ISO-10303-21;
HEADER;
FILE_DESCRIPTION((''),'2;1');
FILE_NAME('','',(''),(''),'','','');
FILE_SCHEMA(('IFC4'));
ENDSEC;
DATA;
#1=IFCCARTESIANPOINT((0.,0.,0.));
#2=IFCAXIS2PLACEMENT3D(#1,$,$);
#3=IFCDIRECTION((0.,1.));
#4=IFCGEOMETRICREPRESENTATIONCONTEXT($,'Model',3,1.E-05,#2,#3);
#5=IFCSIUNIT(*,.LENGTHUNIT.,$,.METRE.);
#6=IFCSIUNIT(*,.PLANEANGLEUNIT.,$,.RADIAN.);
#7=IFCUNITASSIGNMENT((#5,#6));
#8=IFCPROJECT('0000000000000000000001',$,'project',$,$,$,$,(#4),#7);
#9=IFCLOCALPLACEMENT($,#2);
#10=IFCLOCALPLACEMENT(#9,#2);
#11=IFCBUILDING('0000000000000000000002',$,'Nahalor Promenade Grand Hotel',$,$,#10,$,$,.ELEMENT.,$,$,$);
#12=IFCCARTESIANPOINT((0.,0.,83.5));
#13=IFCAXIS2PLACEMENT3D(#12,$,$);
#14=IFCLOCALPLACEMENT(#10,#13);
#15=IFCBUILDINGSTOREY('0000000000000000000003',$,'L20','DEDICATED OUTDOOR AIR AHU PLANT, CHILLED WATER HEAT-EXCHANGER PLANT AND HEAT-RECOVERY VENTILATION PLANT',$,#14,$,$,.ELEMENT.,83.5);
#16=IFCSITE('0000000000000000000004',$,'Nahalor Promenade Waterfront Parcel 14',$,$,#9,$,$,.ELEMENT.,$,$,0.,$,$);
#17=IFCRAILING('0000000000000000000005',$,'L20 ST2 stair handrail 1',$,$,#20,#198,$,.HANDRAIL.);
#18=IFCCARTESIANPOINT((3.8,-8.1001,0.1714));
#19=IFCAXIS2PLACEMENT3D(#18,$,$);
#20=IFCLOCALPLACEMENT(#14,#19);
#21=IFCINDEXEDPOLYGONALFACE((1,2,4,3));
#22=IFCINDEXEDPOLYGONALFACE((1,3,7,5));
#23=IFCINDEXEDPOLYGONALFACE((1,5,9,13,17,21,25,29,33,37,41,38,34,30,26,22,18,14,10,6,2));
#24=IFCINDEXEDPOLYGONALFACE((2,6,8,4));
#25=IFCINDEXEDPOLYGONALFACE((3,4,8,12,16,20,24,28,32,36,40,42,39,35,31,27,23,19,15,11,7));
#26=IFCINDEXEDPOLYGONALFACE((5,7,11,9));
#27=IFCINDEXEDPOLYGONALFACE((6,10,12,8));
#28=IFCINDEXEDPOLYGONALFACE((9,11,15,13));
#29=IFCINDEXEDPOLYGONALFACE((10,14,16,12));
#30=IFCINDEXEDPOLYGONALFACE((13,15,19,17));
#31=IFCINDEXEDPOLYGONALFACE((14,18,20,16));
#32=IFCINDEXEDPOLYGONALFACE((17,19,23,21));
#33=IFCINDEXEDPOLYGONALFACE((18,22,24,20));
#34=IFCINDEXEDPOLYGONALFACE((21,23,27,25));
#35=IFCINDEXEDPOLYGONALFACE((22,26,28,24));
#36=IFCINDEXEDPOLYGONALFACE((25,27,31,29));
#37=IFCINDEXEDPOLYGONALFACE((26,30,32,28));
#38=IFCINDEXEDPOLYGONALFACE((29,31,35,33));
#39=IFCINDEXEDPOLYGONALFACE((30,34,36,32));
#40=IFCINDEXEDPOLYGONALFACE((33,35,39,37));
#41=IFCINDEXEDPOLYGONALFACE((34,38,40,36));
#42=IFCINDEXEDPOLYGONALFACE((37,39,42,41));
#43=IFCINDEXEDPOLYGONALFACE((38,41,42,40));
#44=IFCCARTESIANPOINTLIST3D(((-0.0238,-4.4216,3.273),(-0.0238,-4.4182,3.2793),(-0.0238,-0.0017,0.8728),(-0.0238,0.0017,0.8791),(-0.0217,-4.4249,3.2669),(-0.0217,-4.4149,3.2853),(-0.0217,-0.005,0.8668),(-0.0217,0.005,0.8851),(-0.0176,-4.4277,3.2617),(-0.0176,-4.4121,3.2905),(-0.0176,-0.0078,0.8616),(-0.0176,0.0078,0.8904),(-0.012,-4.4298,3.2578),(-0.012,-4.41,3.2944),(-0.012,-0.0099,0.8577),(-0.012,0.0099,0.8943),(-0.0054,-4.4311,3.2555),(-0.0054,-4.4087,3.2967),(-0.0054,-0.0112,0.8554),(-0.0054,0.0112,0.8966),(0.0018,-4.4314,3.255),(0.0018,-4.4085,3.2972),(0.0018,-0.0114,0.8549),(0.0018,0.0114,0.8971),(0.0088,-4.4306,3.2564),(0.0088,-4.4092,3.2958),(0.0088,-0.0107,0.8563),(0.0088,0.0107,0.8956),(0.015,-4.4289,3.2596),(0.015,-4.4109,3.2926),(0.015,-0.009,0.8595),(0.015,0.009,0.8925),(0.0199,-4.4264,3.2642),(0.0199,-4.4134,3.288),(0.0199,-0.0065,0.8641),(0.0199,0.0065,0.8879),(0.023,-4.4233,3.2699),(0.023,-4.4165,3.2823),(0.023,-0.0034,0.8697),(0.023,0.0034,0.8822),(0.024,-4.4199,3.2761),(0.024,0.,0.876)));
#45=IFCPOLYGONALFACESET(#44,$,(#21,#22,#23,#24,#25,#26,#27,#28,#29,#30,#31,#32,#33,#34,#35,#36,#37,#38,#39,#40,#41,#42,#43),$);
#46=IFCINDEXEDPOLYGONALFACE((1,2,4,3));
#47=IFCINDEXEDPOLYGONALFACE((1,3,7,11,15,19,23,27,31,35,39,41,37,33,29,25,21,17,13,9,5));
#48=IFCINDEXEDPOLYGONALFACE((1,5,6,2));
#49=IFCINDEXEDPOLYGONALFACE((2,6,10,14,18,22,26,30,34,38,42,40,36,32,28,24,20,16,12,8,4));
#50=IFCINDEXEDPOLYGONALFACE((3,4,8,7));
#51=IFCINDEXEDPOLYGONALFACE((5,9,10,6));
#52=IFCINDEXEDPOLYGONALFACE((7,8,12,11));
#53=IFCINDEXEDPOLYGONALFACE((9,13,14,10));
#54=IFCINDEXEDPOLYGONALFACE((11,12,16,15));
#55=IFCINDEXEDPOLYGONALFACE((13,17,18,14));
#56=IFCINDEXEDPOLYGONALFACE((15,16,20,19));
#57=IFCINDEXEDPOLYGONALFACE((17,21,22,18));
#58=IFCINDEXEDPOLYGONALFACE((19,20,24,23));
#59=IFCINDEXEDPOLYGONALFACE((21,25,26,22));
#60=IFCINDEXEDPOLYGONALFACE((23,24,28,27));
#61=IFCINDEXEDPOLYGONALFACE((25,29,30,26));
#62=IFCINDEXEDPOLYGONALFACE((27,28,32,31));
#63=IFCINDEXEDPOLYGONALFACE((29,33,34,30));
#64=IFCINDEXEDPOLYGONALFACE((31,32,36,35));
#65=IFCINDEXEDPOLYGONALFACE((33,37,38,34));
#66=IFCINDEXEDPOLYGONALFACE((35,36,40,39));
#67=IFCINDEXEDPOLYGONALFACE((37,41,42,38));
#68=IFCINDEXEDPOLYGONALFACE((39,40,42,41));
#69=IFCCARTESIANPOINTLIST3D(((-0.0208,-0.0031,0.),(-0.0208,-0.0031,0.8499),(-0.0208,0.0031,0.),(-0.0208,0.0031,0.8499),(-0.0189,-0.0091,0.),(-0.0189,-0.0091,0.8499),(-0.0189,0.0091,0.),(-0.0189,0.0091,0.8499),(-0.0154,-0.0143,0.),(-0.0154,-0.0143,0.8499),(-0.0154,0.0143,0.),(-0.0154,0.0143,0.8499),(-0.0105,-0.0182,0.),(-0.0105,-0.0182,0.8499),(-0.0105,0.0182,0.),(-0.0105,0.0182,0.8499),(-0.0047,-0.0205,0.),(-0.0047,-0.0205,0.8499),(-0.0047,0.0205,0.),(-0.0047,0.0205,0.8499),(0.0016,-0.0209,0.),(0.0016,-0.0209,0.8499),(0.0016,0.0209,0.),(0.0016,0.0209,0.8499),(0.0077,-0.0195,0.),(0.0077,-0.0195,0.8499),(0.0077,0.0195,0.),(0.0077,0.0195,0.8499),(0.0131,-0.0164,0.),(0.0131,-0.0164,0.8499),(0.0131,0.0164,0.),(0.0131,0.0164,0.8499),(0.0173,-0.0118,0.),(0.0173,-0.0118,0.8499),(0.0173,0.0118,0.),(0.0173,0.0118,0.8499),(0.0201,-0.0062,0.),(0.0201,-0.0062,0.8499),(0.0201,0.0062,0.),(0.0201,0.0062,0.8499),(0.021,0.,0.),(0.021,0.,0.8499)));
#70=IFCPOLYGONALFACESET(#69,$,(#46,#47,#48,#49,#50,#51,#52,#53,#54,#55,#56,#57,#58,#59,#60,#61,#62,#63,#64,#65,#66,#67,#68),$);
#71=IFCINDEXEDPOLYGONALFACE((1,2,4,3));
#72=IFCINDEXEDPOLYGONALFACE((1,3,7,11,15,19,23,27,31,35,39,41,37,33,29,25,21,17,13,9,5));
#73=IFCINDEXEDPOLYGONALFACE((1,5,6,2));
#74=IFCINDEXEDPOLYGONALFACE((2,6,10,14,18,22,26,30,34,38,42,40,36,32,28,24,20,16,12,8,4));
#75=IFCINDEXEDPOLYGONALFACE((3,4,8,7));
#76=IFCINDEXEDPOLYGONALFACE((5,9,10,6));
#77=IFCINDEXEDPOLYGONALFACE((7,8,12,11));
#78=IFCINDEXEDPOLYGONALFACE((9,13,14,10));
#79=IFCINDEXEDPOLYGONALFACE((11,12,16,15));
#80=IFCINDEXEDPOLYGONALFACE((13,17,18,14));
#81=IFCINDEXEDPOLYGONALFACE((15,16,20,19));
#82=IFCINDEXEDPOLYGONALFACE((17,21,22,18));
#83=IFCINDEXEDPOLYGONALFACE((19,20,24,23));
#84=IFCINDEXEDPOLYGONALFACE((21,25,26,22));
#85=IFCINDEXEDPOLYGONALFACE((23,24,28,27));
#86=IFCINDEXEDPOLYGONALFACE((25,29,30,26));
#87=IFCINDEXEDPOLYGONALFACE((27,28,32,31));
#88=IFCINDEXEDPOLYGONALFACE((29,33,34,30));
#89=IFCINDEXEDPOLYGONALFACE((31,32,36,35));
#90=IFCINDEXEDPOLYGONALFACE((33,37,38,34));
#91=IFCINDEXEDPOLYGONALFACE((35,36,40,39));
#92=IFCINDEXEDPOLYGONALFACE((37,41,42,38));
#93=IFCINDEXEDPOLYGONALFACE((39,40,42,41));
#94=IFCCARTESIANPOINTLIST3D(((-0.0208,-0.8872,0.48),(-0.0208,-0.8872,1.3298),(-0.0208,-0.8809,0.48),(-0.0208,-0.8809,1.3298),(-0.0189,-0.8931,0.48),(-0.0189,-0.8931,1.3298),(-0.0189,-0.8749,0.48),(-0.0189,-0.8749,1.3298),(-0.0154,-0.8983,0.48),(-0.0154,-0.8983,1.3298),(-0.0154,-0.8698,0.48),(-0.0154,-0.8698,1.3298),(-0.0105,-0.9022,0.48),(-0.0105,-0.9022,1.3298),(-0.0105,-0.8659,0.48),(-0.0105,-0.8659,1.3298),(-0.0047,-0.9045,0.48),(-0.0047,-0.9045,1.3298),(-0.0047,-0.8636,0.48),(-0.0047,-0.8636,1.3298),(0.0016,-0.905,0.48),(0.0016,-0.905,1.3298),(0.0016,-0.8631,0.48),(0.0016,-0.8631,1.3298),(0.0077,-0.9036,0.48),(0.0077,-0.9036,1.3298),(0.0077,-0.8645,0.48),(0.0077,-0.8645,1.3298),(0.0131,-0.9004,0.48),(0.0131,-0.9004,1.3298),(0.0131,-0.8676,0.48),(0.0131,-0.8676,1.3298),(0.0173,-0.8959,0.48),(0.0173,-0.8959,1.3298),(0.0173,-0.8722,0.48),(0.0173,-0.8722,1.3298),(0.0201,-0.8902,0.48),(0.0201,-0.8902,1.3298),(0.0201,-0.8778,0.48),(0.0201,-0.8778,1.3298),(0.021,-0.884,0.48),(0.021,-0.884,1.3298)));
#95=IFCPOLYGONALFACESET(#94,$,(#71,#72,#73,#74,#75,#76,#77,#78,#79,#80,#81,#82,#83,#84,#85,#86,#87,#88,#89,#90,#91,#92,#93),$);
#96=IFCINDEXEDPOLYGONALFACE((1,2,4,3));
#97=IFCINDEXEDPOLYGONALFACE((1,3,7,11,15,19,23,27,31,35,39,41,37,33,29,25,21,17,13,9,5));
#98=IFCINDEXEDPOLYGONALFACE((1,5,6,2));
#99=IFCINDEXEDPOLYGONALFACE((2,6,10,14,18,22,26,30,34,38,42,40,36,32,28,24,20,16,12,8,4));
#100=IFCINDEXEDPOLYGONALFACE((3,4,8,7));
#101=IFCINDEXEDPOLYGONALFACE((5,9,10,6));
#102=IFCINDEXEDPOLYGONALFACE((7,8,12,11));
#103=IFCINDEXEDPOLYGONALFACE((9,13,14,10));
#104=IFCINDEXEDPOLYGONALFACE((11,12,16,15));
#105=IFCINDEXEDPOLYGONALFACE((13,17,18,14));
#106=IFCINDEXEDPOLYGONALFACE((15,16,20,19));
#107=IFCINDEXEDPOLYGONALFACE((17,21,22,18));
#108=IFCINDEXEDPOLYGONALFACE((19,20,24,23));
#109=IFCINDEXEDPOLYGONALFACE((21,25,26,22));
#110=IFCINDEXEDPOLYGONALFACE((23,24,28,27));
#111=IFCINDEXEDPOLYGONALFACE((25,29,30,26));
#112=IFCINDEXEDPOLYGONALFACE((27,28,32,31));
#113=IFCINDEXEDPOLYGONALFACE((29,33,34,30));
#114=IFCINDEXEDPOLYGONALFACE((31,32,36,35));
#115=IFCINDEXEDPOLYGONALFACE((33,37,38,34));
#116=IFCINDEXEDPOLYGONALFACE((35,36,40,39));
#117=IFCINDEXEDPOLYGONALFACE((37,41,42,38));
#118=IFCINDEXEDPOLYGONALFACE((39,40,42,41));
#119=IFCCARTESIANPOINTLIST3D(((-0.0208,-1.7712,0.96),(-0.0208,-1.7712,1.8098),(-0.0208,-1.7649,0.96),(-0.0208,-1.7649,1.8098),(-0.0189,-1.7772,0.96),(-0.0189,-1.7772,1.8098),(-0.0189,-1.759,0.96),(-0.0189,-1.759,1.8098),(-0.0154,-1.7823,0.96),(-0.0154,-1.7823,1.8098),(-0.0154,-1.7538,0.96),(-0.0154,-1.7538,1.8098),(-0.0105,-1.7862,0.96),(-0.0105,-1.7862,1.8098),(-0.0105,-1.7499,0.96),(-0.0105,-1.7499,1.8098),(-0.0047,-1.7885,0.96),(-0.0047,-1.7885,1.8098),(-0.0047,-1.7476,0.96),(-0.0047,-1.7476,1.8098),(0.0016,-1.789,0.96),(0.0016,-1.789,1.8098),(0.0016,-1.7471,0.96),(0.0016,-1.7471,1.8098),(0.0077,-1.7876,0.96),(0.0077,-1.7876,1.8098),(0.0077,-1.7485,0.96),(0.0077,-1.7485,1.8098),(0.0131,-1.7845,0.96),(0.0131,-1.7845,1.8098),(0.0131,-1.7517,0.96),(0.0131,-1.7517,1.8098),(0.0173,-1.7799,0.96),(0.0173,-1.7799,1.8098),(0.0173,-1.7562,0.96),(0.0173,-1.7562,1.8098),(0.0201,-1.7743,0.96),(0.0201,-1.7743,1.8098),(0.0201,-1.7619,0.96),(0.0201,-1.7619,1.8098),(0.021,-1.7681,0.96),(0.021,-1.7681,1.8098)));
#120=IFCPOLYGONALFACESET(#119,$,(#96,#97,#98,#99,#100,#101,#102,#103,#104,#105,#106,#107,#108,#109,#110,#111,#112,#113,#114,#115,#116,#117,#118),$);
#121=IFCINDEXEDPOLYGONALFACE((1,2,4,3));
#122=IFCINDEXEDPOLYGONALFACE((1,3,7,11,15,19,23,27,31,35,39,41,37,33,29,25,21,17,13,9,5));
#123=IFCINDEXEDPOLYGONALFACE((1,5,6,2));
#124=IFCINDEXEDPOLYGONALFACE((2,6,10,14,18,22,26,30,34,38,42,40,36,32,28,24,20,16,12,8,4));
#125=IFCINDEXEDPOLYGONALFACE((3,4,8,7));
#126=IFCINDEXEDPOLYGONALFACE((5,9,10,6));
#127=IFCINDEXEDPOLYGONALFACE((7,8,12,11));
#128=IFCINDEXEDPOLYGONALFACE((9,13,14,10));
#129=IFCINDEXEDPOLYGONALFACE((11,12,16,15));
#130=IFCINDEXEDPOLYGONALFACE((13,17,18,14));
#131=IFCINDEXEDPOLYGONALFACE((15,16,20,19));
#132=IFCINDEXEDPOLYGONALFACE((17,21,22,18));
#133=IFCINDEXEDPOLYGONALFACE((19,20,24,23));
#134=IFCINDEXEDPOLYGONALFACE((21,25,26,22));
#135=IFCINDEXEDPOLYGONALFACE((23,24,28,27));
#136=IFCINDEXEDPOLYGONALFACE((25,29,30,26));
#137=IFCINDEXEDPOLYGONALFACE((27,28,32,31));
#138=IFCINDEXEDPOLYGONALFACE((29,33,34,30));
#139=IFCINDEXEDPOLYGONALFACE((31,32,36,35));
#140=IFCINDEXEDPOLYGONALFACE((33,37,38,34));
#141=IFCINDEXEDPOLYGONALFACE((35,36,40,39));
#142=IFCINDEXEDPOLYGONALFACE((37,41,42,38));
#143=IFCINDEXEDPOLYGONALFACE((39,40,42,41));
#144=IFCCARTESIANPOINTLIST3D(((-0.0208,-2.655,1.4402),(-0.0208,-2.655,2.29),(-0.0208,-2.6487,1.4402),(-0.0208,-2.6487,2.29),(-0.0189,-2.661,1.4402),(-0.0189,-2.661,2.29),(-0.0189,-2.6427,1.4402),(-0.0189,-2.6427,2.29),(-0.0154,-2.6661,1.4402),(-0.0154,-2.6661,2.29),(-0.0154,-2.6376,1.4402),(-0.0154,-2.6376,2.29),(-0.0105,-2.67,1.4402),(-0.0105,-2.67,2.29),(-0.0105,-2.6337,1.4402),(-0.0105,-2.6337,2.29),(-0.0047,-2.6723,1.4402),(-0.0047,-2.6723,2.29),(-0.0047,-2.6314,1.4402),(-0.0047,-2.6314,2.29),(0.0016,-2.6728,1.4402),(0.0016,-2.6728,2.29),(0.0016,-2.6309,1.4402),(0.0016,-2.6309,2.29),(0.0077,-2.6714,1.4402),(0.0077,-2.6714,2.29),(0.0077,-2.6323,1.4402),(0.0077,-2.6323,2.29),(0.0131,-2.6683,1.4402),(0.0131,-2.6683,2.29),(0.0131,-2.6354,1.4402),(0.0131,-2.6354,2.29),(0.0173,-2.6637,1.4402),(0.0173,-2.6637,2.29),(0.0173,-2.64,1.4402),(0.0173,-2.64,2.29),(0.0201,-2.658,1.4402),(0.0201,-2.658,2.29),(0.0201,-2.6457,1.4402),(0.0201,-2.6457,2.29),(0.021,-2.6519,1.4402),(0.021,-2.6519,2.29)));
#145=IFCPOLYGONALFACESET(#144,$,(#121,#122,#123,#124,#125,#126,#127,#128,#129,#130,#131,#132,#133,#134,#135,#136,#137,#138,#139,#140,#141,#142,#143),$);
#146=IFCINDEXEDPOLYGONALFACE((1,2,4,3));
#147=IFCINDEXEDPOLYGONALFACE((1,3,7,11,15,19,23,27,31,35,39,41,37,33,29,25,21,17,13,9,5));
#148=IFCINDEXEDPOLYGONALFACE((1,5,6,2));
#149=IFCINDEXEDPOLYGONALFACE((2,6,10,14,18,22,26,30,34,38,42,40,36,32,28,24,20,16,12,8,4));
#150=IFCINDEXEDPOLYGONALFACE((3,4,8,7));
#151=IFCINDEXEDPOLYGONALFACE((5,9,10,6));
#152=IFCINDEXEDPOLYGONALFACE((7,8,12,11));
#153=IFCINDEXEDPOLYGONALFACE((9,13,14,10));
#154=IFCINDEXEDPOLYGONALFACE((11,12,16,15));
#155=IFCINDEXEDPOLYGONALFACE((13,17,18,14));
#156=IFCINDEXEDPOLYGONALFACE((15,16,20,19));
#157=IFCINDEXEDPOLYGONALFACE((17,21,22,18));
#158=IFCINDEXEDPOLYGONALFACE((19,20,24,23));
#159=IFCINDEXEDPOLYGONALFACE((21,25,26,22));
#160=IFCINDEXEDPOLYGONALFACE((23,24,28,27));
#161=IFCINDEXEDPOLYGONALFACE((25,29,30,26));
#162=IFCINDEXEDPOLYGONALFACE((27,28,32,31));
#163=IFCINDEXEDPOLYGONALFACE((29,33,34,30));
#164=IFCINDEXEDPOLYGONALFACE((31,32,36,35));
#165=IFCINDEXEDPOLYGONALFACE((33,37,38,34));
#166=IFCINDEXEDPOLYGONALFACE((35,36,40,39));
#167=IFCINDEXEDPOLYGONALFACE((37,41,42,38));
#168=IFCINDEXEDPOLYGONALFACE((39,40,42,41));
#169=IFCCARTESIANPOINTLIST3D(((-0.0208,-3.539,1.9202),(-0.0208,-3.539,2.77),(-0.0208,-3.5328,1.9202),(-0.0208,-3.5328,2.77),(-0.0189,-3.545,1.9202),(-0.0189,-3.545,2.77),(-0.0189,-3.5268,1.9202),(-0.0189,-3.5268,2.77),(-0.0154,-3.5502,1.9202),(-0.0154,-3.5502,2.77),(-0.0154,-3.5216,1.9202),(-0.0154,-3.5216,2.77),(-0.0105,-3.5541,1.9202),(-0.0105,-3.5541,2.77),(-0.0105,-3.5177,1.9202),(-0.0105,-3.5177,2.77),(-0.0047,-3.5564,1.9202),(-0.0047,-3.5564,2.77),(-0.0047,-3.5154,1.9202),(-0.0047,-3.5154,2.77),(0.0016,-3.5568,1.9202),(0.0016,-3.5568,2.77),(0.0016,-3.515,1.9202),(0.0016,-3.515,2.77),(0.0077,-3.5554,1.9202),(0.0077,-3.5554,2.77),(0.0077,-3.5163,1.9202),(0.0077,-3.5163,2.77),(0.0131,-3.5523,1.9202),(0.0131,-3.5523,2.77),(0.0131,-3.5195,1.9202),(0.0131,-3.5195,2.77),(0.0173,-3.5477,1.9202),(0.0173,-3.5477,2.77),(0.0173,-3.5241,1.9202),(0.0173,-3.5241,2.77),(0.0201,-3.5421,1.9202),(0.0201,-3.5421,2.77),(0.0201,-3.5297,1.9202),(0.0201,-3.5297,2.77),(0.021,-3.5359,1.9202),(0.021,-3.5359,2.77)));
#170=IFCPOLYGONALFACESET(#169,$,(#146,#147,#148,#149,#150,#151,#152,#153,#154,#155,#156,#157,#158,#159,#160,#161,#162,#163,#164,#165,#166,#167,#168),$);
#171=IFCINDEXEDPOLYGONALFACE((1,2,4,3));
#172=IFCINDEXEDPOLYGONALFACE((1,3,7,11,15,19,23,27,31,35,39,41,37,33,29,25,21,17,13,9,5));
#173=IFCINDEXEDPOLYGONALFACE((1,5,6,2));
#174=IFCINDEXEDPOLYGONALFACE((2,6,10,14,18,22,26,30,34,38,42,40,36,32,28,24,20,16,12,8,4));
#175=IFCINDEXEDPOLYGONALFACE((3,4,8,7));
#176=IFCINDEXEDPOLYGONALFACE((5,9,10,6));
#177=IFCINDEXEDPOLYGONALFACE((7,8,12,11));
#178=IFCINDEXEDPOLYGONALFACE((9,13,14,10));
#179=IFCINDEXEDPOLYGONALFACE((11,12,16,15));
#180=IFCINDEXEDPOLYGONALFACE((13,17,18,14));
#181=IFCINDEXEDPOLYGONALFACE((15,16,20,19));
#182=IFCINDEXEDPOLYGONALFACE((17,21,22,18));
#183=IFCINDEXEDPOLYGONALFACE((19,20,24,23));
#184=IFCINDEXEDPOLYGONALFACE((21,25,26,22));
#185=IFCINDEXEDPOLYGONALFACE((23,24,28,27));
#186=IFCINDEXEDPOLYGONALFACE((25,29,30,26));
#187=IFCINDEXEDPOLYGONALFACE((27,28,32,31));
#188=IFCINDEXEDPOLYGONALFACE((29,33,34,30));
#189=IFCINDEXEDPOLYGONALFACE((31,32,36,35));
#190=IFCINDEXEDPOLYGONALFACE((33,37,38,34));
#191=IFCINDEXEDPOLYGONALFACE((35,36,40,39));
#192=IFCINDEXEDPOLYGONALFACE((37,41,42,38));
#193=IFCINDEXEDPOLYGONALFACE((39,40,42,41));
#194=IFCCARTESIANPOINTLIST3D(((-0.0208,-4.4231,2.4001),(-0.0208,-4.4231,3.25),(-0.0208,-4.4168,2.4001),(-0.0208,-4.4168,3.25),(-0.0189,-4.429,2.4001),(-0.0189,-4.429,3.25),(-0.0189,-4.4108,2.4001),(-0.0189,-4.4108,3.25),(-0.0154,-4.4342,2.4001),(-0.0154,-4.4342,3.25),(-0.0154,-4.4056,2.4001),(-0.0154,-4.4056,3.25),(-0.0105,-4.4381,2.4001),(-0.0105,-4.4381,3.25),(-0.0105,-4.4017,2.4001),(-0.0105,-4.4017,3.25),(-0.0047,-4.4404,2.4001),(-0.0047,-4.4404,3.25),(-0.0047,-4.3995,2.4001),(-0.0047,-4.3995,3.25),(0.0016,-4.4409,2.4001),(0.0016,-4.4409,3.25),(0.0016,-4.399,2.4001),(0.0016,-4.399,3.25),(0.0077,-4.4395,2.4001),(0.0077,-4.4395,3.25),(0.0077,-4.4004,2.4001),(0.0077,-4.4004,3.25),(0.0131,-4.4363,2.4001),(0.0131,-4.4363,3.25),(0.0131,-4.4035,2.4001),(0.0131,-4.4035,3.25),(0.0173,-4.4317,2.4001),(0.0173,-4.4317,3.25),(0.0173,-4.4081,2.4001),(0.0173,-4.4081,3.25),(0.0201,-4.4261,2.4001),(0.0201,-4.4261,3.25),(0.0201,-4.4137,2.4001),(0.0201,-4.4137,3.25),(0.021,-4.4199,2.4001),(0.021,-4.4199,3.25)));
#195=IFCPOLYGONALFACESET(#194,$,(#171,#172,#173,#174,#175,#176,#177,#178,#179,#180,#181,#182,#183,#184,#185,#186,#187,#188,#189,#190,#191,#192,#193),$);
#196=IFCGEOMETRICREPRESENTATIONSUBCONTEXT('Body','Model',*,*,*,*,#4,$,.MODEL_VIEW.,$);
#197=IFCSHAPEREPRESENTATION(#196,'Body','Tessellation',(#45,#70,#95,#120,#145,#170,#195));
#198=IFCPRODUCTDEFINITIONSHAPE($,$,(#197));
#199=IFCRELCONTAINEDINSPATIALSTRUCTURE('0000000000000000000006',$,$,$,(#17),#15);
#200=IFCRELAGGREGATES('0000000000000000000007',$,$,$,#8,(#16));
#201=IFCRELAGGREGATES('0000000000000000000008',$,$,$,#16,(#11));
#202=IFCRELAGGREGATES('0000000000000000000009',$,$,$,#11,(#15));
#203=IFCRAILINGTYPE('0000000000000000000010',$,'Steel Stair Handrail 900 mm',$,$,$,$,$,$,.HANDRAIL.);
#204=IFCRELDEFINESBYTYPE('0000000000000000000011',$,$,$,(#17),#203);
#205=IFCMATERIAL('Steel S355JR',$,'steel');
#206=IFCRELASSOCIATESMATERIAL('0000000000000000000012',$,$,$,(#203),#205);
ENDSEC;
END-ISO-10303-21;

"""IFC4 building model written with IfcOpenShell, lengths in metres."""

from ifc_helpers import new_model, si_unit, direction, frame, origin, origin_2d, place, context, subcontext, project, spatial, circle, extrude, material, type_object, element, save


model = new_model("IFC4")

# Units and contexts
model_context = context("Model", 3, precision=1e-05, world=origin(), true_north=direction((0.0, 1.0)))
body_context = subcontext(model_context, "Body", "Model", "MODEL_VIEW")
ifc_project = project(units=[si_unit("LENGTHUNIT", "METRE"), si_unit("PLANEANGLEUNIT", "RADIAN")], contexts=[model_context])

# Site, building, storey
site_placement = place(None, origin())
site = spatial("IfcSite", under=ifc_project, at=site_placement, Name="Nahalor Promenade Waterfront Parcel 14", CompositionType="ELEMENT", RefElevation=0.0)
building_placement = place(site_placement, origin())
building = spatial("IfcBuilding", under=site, at=building_placement, Name="Nahalor Promenade Grand Hotel", CompositionType="ELEMENT")
storey_placement = place(building_placement, frame((0.0, 0.0, 83.5)))
storey = spatial("IfcBuildingStorey", under=building, at=storey_placement, Name="L20", Description="DEDICATED OUTDOOR AIR AHU PLANT, CHILLED WATER HEAT-EXCHANGER PLANT AND HEAT-RECOVERY VENTILATION PLANT", CompositionType="ELEMENT", Elevation=83.5)

# Shared definitions
ifc_material_1 = material(Name="Steel S355JR", Category="steel")

# Railing
railing_type_1 = type_object("IfcRailingType", Name="Steel Stair Handrail 900 mm", PredefinedType="HANDRAIL", material=ifc_material_1)
railing_1_placement = place(storey_placement, frame((3.8, -8.1001, 0.1714)))
element("IfcRailing", 1, at=railing_1_placement, inside=storey, type_object=railing_type_1, Name="L20 ST2 stair handrail 1", PredefinedType="HANDRAIL", context=body_context, shape_type="SweptSolid", body=[
    extrude(circle(Radius=0.024, at=origin_2d()), frame((0.0, 0.0, 0.876), z_axis=(0.0, -0.87879, 0.477209), x_axis=(1.0, 0.0, 0.0)), (0.0, 0.0, 1.0), 5.0295),
    extrude(circle(Radius=0.021, at=origin_2d()), origin(), (0.0, 0.0, 1.0), 0.8499),
    extrude(circle(Radius=0.021, at=origin_2d()), frame((0.0, -0.884, 0.48)), (0.0, 0.0, 1.0), 0.8499),
    extrude(circle(Radius=0.021, at=origin_2d()), frame((0.0, -1.7681, 0.96)), (0.0, 0.0, 1.0), 0.8499),
    extrude(circle(Radius=0.021, at=origin_2d()), frame((0.0, -2.6519, 1.4402)), (0.0, 0.0, 1.0), 0.8499),
    extrude(circle(Radius=0.021, at=origin_2d()), frame((0.0, -3.5359, 1.9202)), (0.0, 0.0, 1.0), 0.8499),
    extrude(circle(Radius=0.021, at=origin_2d()), frame((0.0, -4.4199, 2.4001)), (0.0, 0.0, 1.0), 0.8499),
])

save(model, "model.ifc")
